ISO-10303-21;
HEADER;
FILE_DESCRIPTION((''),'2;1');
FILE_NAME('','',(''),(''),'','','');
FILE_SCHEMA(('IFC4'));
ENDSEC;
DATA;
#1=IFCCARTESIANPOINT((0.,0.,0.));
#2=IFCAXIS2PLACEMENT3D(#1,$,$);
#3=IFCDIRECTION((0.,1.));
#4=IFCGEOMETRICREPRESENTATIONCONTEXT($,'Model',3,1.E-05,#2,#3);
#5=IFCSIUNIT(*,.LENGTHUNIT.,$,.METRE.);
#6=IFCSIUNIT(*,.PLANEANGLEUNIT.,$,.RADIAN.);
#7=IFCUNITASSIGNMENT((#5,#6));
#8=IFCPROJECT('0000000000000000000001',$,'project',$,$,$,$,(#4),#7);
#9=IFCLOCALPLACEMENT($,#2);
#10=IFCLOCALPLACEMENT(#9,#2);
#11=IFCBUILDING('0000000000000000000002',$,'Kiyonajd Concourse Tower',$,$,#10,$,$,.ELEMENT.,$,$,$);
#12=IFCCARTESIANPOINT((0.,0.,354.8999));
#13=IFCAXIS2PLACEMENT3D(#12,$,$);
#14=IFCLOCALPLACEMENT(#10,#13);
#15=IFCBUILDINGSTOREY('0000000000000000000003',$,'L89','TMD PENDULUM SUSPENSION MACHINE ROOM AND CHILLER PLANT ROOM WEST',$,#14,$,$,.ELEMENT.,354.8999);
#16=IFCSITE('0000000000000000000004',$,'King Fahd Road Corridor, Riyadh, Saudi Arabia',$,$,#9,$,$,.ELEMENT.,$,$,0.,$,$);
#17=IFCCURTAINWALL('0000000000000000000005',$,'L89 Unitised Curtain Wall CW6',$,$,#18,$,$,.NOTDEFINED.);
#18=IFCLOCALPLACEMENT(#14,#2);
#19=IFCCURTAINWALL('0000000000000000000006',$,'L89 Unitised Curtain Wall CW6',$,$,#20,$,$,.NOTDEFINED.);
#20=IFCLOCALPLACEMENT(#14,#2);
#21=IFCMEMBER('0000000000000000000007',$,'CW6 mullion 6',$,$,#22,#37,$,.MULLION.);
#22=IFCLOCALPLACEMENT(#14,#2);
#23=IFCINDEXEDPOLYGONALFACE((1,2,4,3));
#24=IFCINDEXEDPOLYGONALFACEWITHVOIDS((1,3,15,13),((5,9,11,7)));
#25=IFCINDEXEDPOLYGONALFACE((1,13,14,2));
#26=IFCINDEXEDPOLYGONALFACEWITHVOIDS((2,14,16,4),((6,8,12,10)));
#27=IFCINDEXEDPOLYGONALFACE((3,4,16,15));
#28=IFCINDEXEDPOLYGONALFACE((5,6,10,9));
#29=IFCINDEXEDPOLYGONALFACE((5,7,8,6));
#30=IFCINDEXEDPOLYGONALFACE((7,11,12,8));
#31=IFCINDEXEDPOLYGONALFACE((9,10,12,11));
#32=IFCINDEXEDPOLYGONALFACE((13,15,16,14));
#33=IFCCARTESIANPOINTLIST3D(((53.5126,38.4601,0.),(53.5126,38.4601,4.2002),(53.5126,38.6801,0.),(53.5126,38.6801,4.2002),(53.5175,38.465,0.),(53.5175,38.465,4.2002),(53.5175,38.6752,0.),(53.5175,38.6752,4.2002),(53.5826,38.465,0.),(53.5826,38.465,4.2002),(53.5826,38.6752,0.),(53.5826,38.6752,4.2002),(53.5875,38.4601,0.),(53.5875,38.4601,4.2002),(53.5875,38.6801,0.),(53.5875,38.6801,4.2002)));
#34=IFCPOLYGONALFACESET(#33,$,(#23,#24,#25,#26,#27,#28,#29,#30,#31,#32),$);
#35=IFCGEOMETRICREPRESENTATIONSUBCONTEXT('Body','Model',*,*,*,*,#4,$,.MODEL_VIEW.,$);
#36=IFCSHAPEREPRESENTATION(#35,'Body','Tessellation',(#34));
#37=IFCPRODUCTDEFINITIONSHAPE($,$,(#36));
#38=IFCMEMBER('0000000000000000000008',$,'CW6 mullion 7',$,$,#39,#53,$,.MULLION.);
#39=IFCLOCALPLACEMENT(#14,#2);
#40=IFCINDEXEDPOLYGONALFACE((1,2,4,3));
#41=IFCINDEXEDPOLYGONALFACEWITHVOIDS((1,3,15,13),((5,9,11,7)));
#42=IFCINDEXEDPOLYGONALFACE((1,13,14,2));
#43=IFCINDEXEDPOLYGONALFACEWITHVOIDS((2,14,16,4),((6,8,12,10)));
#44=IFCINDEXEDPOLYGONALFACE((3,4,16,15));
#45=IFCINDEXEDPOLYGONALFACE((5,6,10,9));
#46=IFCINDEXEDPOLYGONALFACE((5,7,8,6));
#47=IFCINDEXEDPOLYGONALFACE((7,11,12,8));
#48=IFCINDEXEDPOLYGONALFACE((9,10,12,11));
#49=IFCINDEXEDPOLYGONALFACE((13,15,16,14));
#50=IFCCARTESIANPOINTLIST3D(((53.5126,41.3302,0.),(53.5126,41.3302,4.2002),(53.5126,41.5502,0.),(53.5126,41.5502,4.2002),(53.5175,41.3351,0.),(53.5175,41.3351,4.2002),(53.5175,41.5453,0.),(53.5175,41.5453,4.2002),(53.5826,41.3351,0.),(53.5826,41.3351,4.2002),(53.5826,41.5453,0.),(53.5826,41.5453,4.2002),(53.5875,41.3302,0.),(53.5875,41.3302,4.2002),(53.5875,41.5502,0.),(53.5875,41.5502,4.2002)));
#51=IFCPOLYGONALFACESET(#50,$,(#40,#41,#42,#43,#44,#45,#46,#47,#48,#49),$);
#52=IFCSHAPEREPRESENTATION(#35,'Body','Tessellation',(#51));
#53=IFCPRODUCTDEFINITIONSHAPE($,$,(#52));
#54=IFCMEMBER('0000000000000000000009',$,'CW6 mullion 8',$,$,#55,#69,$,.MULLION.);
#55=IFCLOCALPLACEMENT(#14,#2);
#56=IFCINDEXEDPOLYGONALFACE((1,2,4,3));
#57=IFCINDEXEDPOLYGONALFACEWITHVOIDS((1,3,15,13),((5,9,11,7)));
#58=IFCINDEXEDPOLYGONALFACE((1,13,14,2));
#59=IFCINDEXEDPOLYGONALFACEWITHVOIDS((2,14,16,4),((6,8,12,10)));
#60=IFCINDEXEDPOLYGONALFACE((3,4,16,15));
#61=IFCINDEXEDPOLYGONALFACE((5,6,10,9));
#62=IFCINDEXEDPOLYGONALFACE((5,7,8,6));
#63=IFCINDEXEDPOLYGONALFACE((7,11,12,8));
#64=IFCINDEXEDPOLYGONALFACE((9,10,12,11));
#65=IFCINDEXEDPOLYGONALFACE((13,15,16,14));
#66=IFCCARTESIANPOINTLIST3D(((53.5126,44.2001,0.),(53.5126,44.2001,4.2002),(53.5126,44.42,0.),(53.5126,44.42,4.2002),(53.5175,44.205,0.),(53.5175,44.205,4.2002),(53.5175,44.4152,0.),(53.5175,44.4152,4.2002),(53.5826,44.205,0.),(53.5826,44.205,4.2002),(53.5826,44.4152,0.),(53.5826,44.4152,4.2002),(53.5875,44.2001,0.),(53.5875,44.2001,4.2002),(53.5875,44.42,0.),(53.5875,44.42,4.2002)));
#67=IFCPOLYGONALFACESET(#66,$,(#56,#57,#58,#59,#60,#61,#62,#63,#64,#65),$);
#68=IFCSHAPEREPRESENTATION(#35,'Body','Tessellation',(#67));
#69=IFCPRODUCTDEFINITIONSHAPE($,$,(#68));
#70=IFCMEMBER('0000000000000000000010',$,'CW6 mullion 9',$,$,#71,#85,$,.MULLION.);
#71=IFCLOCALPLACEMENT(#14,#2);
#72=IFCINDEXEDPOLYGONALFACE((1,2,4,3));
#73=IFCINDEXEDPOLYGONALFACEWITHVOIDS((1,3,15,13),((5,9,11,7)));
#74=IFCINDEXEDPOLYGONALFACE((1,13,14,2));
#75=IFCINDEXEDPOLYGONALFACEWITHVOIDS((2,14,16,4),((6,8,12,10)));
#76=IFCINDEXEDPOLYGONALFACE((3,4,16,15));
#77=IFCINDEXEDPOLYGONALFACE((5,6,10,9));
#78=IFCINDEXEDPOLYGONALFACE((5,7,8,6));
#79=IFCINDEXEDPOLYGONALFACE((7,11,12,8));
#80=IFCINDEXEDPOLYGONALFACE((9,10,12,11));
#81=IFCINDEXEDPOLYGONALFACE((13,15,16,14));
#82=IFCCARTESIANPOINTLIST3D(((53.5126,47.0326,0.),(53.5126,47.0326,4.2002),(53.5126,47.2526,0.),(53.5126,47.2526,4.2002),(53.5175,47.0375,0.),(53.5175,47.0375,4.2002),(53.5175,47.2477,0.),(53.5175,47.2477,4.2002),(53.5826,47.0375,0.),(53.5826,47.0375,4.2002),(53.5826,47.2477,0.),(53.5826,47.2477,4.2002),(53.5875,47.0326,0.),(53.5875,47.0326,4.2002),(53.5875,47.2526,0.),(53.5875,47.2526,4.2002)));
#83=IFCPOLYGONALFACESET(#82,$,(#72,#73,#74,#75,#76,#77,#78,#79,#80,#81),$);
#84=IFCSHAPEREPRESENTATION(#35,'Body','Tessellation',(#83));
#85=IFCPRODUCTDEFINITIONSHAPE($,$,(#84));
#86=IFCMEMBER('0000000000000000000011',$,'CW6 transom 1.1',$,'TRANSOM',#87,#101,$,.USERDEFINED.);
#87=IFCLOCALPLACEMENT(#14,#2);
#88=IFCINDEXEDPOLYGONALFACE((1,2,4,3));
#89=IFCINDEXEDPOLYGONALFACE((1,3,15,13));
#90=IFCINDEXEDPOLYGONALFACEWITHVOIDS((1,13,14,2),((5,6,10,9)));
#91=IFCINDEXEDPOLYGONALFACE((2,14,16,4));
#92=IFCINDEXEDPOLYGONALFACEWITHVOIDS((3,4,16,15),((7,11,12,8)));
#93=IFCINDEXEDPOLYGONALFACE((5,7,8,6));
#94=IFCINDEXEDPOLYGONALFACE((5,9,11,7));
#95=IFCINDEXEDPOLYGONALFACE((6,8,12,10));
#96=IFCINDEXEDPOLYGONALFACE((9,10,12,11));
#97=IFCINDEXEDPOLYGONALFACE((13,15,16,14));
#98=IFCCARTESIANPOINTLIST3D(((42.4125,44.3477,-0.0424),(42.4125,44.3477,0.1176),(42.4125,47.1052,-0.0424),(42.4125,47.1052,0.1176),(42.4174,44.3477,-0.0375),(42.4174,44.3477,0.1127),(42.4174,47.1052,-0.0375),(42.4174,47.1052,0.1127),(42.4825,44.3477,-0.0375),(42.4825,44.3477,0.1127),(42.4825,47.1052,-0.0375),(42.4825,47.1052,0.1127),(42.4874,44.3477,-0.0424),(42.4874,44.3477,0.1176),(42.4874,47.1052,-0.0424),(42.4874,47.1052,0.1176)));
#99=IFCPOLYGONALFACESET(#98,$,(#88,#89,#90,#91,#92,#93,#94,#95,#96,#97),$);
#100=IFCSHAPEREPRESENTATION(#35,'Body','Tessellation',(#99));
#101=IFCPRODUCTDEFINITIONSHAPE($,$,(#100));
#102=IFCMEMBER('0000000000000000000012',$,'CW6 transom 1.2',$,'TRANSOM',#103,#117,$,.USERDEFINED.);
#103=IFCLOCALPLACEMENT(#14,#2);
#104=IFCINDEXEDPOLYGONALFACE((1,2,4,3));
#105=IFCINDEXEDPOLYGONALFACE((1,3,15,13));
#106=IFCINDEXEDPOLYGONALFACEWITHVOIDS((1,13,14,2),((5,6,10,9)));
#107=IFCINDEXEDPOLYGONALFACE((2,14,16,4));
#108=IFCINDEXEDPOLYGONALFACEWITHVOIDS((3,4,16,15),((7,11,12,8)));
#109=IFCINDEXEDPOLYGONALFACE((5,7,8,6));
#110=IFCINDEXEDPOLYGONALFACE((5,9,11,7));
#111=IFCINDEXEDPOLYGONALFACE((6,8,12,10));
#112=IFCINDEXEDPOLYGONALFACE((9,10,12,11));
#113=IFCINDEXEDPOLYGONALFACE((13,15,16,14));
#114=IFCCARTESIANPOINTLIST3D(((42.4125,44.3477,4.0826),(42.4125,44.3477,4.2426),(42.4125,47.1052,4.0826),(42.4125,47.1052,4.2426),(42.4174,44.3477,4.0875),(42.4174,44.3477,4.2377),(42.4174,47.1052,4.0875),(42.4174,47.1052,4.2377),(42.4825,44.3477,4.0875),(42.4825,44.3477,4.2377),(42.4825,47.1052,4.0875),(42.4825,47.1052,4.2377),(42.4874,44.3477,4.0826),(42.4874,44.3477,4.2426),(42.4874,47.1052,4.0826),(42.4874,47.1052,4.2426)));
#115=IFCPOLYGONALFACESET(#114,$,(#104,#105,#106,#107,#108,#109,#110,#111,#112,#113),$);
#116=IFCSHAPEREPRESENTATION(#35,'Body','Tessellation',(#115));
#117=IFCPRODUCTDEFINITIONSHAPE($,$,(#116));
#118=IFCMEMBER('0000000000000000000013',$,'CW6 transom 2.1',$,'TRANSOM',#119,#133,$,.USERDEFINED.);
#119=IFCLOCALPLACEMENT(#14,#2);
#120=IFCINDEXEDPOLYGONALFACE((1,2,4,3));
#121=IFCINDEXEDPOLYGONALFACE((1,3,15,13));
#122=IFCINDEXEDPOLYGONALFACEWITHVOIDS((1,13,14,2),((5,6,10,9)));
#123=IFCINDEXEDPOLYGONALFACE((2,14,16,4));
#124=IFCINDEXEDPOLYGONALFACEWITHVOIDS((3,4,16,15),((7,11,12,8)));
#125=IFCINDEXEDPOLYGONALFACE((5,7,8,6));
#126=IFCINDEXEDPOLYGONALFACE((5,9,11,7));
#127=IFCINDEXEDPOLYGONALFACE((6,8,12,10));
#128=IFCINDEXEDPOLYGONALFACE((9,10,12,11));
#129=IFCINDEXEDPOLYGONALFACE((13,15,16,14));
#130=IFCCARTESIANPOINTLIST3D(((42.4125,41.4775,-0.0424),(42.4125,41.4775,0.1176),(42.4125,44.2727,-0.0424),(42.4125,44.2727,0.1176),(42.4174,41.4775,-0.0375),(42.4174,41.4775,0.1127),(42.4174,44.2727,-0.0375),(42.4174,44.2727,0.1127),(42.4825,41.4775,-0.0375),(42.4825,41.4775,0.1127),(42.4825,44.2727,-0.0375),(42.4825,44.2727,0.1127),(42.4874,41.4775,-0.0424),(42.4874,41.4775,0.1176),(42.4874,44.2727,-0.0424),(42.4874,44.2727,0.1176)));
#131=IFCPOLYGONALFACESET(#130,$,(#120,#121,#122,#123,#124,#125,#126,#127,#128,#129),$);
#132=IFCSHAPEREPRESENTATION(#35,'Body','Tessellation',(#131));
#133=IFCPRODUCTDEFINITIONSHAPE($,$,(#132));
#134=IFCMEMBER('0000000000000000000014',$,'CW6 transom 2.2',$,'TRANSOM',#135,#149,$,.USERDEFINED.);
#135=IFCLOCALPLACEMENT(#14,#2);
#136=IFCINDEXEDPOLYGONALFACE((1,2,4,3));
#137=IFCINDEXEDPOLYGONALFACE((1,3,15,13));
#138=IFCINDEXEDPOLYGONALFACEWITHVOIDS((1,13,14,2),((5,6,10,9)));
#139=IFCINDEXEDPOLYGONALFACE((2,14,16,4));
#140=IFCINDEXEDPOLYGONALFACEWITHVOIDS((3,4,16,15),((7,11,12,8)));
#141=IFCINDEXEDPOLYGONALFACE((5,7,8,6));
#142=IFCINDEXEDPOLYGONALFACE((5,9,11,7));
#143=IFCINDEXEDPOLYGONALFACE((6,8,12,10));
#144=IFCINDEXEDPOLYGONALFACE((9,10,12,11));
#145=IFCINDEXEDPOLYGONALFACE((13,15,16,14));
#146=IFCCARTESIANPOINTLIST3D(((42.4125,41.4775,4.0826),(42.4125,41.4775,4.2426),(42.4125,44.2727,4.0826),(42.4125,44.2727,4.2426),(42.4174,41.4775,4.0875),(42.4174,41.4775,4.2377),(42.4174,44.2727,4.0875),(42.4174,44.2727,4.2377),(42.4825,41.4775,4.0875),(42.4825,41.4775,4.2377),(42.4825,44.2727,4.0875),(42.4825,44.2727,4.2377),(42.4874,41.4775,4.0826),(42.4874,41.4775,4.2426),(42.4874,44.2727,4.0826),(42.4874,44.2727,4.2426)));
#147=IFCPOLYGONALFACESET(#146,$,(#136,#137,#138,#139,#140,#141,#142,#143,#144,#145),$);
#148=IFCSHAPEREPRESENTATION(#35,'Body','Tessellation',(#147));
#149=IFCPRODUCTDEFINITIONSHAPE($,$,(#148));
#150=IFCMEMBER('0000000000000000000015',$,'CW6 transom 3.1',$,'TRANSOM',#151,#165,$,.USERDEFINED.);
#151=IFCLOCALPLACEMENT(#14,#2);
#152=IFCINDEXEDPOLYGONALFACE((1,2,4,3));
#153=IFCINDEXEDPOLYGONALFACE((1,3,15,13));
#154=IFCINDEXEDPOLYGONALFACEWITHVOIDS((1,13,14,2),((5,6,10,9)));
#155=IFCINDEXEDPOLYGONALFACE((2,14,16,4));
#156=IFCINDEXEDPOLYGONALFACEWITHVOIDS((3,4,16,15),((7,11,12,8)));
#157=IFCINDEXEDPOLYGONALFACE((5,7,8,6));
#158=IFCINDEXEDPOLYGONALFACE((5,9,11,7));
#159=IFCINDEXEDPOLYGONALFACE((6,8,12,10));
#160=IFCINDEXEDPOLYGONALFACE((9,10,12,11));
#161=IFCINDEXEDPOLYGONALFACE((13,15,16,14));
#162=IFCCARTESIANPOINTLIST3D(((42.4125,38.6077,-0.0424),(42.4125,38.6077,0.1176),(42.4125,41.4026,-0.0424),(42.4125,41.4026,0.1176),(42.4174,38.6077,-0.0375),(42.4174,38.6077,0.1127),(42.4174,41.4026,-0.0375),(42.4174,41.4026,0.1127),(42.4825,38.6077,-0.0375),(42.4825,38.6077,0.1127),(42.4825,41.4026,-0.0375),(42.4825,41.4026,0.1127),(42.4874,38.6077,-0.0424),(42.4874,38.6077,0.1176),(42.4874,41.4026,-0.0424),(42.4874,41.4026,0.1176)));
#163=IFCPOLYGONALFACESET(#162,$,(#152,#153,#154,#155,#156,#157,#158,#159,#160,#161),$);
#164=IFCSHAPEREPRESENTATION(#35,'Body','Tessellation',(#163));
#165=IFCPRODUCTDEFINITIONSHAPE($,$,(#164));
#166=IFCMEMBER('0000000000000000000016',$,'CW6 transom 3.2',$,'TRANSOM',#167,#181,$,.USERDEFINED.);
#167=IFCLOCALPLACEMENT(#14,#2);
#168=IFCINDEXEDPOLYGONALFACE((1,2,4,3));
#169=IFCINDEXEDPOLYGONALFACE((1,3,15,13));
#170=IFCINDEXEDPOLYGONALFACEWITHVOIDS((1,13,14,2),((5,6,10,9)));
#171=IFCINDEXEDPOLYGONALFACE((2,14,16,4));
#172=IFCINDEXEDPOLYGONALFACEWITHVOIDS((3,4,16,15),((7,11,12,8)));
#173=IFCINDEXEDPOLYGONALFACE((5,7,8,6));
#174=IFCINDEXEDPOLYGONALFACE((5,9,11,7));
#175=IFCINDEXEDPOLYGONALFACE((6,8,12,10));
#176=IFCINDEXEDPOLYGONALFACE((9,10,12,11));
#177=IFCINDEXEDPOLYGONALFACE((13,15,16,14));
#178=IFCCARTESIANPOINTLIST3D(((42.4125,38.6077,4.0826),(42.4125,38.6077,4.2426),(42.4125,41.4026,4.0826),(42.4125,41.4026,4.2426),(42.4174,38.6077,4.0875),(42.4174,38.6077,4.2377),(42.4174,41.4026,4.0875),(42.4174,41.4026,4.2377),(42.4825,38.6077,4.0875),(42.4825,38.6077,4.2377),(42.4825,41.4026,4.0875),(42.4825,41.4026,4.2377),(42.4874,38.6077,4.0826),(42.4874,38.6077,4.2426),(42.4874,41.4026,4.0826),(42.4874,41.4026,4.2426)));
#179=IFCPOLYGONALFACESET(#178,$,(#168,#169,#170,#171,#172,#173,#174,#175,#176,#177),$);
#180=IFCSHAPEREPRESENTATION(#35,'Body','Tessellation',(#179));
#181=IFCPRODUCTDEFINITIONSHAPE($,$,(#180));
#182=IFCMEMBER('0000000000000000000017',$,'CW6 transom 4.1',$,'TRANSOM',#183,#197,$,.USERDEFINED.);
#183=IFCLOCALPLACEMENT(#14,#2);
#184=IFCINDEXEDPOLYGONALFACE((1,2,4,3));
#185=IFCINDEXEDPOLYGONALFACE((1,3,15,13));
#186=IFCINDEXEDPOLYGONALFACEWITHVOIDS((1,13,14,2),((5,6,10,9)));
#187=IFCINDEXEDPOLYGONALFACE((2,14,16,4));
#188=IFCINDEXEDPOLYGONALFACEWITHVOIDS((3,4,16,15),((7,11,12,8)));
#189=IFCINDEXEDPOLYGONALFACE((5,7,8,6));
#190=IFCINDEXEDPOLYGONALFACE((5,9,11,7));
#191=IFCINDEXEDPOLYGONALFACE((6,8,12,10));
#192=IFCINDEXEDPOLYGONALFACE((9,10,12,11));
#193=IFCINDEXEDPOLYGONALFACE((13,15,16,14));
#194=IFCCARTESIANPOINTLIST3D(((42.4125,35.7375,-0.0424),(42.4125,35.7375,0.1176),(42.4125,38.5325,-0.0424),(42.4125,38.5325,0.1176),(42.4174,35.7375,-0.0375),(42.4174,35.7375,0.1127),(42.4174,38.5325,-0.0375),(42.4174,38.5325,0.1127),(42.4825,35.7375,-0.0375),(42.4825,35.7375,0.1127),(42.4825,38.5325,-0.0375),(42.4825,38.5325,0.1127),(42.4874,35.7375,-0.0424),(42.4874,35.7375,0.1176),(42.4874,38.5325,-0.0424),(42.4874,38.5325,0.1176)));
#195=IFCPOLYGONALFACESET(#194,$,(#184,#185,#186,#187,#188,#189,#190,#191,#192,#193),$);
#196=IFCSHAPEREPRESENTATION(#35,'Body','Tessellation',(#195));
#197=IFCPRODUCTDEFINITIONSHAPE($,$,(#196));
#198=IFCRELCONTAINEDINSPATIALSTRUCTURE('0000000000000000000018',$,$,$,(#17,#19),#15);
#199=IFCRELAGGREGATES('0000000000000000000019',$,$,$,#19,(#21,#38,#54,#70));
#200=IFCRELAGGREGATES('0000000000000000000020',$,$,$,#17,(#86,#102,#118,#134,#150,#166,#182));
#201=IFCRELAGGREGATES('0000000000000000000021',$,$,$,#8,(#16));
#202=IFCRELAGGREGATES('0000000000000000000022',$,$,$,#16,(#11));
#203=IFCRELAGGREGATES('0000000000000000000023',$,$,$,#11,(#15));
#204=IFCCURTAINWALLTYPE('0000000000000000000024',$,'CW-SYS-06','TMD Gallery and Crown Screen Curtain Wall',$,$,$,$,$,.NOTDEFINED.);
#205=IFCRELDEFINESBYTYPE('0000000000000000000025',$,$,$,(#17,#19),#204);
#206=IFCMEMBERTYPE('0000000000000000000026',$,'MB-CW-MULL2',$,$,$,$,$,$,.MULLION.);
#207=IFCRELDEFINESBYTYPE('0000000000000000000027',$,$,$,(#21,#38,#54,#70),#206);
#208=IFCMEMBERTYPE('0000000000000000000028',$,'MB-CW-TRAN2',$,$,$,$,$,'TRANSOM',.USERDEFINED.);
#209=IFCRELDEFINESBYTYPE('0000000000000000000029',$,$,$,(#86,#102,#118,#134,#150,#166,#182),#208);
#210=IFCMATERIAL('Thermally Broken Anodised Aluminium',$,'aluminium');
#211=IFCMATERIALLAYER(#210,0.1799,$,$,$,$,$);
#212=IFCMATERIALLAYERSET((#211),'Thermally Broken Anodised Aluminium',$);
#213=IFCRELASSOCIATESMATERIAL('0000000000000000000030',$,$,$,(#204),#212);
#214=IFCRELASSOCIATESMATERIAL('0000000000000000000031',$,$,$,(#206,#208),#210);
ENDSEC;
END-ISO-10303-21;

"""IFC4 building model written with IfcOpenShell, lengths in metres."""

from ifc_helpers import new_model, si_unit, direction, frame, origin, origin_2d, place, context, subcontext, project, spatial, hollow_rectangle, extrude, material, layer, layer_set, material_profile, profile_set, type_object, element, aggregate, save


model = new_model("IFC4")

# Units and contexts
model_context = context("Model", 3, precision=1e-05, world=origin(), true_north=direction((0.0, 1.0)))
body_context = subcontext(model_context, "Body", "Model", "MODEL_VIEW")
ifc_project = project(units=[si_unit("LENGTHUNIT", "METRE"), si_unit("PLANEANGLEUNIT", "RADIAN")], contexts=[model_context])

# Site, building, storey
site_placement = place(None, origin())
site = spatial("IfcSite", under=ifc_project, at=site_placement, Name="King Fahd Road Corridor, Riyadh, Saudi Arabia", CompositionType="ELEMENT", RefElevation=0.0)
building_placement = place(site_placement, origin())
building = spatial("IfcBuilding", under=site, at=building_placement, Name="Kiyonajd Concourse Tower", CompositionType="ELEMENT")
storey_placement = place(building_placement, frame((0.0, 0.0, 354.8999)))
storey = spatial("IfcBuildingStorey", under=building, at=storey_placement, Name="L89", Description="TMD PENDULUM SUSPENSION MACHINE ROOM AND CHILLER PLANT ROOM WEST", CompositionType="ELEMENT", Elevation=354.8999)

# Curtain walls, members
ifc_material_1 = material(Name="Thermally Broken Anodised Aluminium", Category="aluminium")
ifc_layer_1 = layer(ifc_material_1, 0.1799)
ifc_layer_set_1 = layer_set([ifc_layer_1], Name="Thermally Broken Anodised Aluminium")
curtain_wall_type = type_object("IfcCurtainWallType", Name="CW-SYS-06", Description="TMD Gallery and Crown Screen Curtain Wall", PredefinedType="NOTDEFINED", material=ifc_layer_set_1)
curtain_wall_1_placement = place(storey_placement, origin())
curtain_wall_1 = element("IfcCurtainWall", 1, at=curtain_wall_1_placement, inside=storey, type_object=curtain_wall_type, Name="L89 Unitised Curtain Wall CW6", PredefinedType="NOTDEFINED")
ifc_material_profile_1 = material_profile(ifc_material_1, hollow_rectangle(XDim=0.075, YDim=0.22, WallThickness=0.0049, at=origin_2d()), Name="MULL-75x220")
ifc_profile_set_1 = profile_set([ifc_material_profile_1], Name="Thermally Broken Anodised Aluminium")
member_type_1 = type_object("IfcMemberType", Name="MB-CW-MULL2", PredefinedType="MULLION", material=ifc_profile_set_1)
curtain_wall_2_placement = place(storey_placement, origin())
curtain_wall_2 = element("IfcCurtainWall", 2, at=curtain_wall_2_placement, inside=storey, type_object=curtain_wall_type, Name="L89 Unitised Curtain Wall CW6", PredefinedType="NOTDEFINED")
member_1_placement = place(storey_placement, frame((53.55, 38.5701, 0.0), z_axis=(0.0, 0.0, 1.0), x_axis=(-1.0, 0.0, 0.0)))
member_1 = element("IfcMember", 3, at=member_1_placement, type_object=member_type_1, Name="CW6 mullion 6", PredefinedType="MULLION", context=body_context, shape_type="SweptSolid", body=[
    extrude(hollow_rectangle(XDim=0.075, YDim=0.22, WallThickness=0.0049, at=origin_2d()), origin(), (0.0, 0.0, 1.0), 4.2002),
])
member_2_placement = place(storey_placement, frame((53.55, 41.4402, 0.0), z_axis=(0.0, 0.0, 1.0), x_axis=(-1.0, 0.0, 0.0)))
member_2 = element("IfcMember", 4, at=member_2_placement, type_object=member_type_1, Name="CW6 mullion 7", PredefinedType="MULLION", context=body_context, shape_type="SweptSolid", body=[
    extrude(hollow_rectangle(XDim=0.075, YDim=0.22, WallThickness=0.0049, at=origin_2d()), origin(), (0.0, 0.0, 1.0), 4.2002),
])
member_3_placement = place(storey_placement, frame((53.55, 44.3101, 0.0), z_axis=(0.0, 0.0, 1.0), x_axis=(-1.0, 0.0, 0.0)))
member_3 = element("IfcMember", 5, at=member_3_placement, type_object=member_type_1, Name="CW6 mullion 8", PredefinedType="MULLION", context=body_context, shape_type="SweptSolid", body=[
    extrude(hollow_rectangle(XDim=0.075, YDim=0.22, WallThickness=0.0049, at=origin_2d()), origin(), (0.0, 0.0, 1.0), 4.2002),
])
member_4_placement = place(storey_placement, frame((53.55, 47.1426, 0.0), z_axis=(0.0, 0.0, 1.0), x_axis=(-1.0, 0.0, 0.0)))
member_4 = element("IfcMember", 6, at=member_4_placement, type_object=member_type_1, Name="CW6 mullion 9", PredefinedType="MULLION", context=body_context, shape_type="SweptSolid", body=[
    extrude(hollow_rectangle(XDim=0.075, YDim=0.22, WallThickness=0.0049, at=origin_2d()), origin(), (0.0, 0.0, 1.0), 4.2002),
])
aggregate(curtain_wall_2, [member_1, member_2, member_3, member_4])

# Members
ifc_material_profile_2 = material_profile(ifc_material_1, hollow_rectangle(XDim=0.075, YDim=0.1599, WallThickness=0.0049, at=origin_2d()), Name="TRAN-75x160")
ifc_profile_set_2 = profile_set([ifc_material_profile_2], Name="Thermally Broken Anodised Aluminium")
member_type_2 = type_object("IfcMemberType", Name="MB-CW-TRAN2", ElementType="TRANSOM", PredefinedType="USERDEFINED", material=ifc_profile_set_2)
member_5_placement = place(storey_placement, frame((42.45, 47.1052, 0.0376), z_axis=(0.0, -1.0, 0.0), x_axis=(1.0, 0.0, 0.0)))
member_5 = element("IfcMember", 7, at=member_5_placement, type_object=member_type_2, Name="CW6 transom 1.1", ObjectType="TRANSOM", PredefinedType="USERDEFINED", context=body_context, shape_type="SweptSolid", body=[
    extrude(hollow_rectangle(XDim=0.075, YDim=0.1599, WallThickness=0.0049, at=origin_2d()), origin(), (0.0, 0.0, 1.0), 2.7576),
])
member_6_placement = place(storey_placement, frame((42.45, 47.1052, 4.1626), z_axis=(0.0, -1.0, 0.0), x_axis=(1.0, 0.0, 0.0)))
member_6 = element("IfcMember", 8, at=member_6_placement, type_object=member_type_2, Name="CW6 transom 1.2", ObjectType="TRANSOM", PredefinedType="USERDEFINED", context=body_context, shape_type="SweptSolid", body=[
    extrude(hollow_rectangle(XDim=0.075, YDim=0.1599, WallThickness=0.0049, at=origin_2d()), origin(), (0.0, 0.0, 1.0), 2.7576),
])
member_7_placement = place(storey_placement, frame((42.45, 44.2727, 0.0376), z_axis=(0.0, -1.0, 0.0), x_axis=(1.0, 0.0, 0.0)))
member_7 = element("IfcMember", 9, at=member_7_placement, type_object=member_type_2, Name="CW6 transom 2.1", ObjectType="TRANSOM", PredefinedType="USERDEFINED", context=body_context, shape_type="SweptSolid", body=[
    extrude(hollow_rectangle(XDim=0.075, YDim=0.1599, WallThickness=0.0049, at=origin_2d()), origin(), (0.0, 0.0, 1.0), 2.7952),
])
member_8_placement = place(storey_placement, frame((42.45, 44.2727, 4.1626), z_axis=(0.0, -1.0, 0.0), x_axis=(1.0, 0.0, 0.0)))
member_8 = element("IfcMember", 10, at=member_8_placement, type_object=member_type_2, Name="CW6 transom 2.2", ObjectType="TRANSOM", PredefinedType="USERDEFINED", context=body_context, shape_type="SweptSolid", body=[
    extrude(hollow_rectangle(XDim=0.075, YDim=0.1599, WallThickness=0.0049, at=origin_2d()), origin(), (0.0, 0.0, 1.0), 2.7952),
])
member_9_placement = place(storey_placement, frame((42.45, 41.4026, 0.0376), z_axis=(0.0, -1.0, 0.0), x_axis=(1.0, 0.0, 0.0)))
member_9 = element("IfcMember", 11, at=member_9_placement, type_object=member_type_2, Name="CW6 transom 3.1", ObjectType="TRANSOM", PredefinedType="USERDEFINED", context=body_context, shape_type="SweptSolid", body=[
    extrude(hollow_rectangle(XDim=0.075, YDim=0.1599, WallThickness=0.0049, at=origin_2d()), origin(), (0.0, 0.0, 1.0), 2.7949),
])
member_10_placement = place(storey_placement, frame((42.45, 41.4026, 4.1626), z_axis=(0.0, -1.0, 0.0), x_axis=(1.0, 0.0, 0.0)))
member_10 = element("IfcMember", 12, at=member_10_placement, type_object=member_type_2, Name="CW6 transom 3.2", ObjectType="TRANSOM", PredefinedType="USERDEFINED", context=body_context, shape_type="SweptSolid", body=[
    extrude(hollow_rectangle(XDim=0.075, YDim=0.1599, WallThickness=0.0049, at=origin_2d()), origin(), (0.0, 0.0, 1.0), 2.7949),
])
member_11_placement = place(storey_placement, frame((42.45, 38.5325, 0.0376), z_axis=(0.0, -1.0, 0.0), x_axis=(1.0, 0.0, 0.0)))
member_11 = element("IfcMember", 13, at=member_11_placement, type_object=member_type_2, Name="CW6 transom 4.1", ObjectType="TRANSOM", PredefinedType="USERDEFINED", context=body_context, shape_type="SweptSolid", body=[
    extrude(hollow_rectangle(XDim=0.075, YDim=0.1599, WallThickness=0.0049, at=origin_2d()), origin(), (0.0, 0.0, 1.0), 2.7949),
])

aggregate(curtain_wall_1, [member_5, member_6, member_7, member_8, member_9, member_10, member_11])

save(model, "model.ifc")
